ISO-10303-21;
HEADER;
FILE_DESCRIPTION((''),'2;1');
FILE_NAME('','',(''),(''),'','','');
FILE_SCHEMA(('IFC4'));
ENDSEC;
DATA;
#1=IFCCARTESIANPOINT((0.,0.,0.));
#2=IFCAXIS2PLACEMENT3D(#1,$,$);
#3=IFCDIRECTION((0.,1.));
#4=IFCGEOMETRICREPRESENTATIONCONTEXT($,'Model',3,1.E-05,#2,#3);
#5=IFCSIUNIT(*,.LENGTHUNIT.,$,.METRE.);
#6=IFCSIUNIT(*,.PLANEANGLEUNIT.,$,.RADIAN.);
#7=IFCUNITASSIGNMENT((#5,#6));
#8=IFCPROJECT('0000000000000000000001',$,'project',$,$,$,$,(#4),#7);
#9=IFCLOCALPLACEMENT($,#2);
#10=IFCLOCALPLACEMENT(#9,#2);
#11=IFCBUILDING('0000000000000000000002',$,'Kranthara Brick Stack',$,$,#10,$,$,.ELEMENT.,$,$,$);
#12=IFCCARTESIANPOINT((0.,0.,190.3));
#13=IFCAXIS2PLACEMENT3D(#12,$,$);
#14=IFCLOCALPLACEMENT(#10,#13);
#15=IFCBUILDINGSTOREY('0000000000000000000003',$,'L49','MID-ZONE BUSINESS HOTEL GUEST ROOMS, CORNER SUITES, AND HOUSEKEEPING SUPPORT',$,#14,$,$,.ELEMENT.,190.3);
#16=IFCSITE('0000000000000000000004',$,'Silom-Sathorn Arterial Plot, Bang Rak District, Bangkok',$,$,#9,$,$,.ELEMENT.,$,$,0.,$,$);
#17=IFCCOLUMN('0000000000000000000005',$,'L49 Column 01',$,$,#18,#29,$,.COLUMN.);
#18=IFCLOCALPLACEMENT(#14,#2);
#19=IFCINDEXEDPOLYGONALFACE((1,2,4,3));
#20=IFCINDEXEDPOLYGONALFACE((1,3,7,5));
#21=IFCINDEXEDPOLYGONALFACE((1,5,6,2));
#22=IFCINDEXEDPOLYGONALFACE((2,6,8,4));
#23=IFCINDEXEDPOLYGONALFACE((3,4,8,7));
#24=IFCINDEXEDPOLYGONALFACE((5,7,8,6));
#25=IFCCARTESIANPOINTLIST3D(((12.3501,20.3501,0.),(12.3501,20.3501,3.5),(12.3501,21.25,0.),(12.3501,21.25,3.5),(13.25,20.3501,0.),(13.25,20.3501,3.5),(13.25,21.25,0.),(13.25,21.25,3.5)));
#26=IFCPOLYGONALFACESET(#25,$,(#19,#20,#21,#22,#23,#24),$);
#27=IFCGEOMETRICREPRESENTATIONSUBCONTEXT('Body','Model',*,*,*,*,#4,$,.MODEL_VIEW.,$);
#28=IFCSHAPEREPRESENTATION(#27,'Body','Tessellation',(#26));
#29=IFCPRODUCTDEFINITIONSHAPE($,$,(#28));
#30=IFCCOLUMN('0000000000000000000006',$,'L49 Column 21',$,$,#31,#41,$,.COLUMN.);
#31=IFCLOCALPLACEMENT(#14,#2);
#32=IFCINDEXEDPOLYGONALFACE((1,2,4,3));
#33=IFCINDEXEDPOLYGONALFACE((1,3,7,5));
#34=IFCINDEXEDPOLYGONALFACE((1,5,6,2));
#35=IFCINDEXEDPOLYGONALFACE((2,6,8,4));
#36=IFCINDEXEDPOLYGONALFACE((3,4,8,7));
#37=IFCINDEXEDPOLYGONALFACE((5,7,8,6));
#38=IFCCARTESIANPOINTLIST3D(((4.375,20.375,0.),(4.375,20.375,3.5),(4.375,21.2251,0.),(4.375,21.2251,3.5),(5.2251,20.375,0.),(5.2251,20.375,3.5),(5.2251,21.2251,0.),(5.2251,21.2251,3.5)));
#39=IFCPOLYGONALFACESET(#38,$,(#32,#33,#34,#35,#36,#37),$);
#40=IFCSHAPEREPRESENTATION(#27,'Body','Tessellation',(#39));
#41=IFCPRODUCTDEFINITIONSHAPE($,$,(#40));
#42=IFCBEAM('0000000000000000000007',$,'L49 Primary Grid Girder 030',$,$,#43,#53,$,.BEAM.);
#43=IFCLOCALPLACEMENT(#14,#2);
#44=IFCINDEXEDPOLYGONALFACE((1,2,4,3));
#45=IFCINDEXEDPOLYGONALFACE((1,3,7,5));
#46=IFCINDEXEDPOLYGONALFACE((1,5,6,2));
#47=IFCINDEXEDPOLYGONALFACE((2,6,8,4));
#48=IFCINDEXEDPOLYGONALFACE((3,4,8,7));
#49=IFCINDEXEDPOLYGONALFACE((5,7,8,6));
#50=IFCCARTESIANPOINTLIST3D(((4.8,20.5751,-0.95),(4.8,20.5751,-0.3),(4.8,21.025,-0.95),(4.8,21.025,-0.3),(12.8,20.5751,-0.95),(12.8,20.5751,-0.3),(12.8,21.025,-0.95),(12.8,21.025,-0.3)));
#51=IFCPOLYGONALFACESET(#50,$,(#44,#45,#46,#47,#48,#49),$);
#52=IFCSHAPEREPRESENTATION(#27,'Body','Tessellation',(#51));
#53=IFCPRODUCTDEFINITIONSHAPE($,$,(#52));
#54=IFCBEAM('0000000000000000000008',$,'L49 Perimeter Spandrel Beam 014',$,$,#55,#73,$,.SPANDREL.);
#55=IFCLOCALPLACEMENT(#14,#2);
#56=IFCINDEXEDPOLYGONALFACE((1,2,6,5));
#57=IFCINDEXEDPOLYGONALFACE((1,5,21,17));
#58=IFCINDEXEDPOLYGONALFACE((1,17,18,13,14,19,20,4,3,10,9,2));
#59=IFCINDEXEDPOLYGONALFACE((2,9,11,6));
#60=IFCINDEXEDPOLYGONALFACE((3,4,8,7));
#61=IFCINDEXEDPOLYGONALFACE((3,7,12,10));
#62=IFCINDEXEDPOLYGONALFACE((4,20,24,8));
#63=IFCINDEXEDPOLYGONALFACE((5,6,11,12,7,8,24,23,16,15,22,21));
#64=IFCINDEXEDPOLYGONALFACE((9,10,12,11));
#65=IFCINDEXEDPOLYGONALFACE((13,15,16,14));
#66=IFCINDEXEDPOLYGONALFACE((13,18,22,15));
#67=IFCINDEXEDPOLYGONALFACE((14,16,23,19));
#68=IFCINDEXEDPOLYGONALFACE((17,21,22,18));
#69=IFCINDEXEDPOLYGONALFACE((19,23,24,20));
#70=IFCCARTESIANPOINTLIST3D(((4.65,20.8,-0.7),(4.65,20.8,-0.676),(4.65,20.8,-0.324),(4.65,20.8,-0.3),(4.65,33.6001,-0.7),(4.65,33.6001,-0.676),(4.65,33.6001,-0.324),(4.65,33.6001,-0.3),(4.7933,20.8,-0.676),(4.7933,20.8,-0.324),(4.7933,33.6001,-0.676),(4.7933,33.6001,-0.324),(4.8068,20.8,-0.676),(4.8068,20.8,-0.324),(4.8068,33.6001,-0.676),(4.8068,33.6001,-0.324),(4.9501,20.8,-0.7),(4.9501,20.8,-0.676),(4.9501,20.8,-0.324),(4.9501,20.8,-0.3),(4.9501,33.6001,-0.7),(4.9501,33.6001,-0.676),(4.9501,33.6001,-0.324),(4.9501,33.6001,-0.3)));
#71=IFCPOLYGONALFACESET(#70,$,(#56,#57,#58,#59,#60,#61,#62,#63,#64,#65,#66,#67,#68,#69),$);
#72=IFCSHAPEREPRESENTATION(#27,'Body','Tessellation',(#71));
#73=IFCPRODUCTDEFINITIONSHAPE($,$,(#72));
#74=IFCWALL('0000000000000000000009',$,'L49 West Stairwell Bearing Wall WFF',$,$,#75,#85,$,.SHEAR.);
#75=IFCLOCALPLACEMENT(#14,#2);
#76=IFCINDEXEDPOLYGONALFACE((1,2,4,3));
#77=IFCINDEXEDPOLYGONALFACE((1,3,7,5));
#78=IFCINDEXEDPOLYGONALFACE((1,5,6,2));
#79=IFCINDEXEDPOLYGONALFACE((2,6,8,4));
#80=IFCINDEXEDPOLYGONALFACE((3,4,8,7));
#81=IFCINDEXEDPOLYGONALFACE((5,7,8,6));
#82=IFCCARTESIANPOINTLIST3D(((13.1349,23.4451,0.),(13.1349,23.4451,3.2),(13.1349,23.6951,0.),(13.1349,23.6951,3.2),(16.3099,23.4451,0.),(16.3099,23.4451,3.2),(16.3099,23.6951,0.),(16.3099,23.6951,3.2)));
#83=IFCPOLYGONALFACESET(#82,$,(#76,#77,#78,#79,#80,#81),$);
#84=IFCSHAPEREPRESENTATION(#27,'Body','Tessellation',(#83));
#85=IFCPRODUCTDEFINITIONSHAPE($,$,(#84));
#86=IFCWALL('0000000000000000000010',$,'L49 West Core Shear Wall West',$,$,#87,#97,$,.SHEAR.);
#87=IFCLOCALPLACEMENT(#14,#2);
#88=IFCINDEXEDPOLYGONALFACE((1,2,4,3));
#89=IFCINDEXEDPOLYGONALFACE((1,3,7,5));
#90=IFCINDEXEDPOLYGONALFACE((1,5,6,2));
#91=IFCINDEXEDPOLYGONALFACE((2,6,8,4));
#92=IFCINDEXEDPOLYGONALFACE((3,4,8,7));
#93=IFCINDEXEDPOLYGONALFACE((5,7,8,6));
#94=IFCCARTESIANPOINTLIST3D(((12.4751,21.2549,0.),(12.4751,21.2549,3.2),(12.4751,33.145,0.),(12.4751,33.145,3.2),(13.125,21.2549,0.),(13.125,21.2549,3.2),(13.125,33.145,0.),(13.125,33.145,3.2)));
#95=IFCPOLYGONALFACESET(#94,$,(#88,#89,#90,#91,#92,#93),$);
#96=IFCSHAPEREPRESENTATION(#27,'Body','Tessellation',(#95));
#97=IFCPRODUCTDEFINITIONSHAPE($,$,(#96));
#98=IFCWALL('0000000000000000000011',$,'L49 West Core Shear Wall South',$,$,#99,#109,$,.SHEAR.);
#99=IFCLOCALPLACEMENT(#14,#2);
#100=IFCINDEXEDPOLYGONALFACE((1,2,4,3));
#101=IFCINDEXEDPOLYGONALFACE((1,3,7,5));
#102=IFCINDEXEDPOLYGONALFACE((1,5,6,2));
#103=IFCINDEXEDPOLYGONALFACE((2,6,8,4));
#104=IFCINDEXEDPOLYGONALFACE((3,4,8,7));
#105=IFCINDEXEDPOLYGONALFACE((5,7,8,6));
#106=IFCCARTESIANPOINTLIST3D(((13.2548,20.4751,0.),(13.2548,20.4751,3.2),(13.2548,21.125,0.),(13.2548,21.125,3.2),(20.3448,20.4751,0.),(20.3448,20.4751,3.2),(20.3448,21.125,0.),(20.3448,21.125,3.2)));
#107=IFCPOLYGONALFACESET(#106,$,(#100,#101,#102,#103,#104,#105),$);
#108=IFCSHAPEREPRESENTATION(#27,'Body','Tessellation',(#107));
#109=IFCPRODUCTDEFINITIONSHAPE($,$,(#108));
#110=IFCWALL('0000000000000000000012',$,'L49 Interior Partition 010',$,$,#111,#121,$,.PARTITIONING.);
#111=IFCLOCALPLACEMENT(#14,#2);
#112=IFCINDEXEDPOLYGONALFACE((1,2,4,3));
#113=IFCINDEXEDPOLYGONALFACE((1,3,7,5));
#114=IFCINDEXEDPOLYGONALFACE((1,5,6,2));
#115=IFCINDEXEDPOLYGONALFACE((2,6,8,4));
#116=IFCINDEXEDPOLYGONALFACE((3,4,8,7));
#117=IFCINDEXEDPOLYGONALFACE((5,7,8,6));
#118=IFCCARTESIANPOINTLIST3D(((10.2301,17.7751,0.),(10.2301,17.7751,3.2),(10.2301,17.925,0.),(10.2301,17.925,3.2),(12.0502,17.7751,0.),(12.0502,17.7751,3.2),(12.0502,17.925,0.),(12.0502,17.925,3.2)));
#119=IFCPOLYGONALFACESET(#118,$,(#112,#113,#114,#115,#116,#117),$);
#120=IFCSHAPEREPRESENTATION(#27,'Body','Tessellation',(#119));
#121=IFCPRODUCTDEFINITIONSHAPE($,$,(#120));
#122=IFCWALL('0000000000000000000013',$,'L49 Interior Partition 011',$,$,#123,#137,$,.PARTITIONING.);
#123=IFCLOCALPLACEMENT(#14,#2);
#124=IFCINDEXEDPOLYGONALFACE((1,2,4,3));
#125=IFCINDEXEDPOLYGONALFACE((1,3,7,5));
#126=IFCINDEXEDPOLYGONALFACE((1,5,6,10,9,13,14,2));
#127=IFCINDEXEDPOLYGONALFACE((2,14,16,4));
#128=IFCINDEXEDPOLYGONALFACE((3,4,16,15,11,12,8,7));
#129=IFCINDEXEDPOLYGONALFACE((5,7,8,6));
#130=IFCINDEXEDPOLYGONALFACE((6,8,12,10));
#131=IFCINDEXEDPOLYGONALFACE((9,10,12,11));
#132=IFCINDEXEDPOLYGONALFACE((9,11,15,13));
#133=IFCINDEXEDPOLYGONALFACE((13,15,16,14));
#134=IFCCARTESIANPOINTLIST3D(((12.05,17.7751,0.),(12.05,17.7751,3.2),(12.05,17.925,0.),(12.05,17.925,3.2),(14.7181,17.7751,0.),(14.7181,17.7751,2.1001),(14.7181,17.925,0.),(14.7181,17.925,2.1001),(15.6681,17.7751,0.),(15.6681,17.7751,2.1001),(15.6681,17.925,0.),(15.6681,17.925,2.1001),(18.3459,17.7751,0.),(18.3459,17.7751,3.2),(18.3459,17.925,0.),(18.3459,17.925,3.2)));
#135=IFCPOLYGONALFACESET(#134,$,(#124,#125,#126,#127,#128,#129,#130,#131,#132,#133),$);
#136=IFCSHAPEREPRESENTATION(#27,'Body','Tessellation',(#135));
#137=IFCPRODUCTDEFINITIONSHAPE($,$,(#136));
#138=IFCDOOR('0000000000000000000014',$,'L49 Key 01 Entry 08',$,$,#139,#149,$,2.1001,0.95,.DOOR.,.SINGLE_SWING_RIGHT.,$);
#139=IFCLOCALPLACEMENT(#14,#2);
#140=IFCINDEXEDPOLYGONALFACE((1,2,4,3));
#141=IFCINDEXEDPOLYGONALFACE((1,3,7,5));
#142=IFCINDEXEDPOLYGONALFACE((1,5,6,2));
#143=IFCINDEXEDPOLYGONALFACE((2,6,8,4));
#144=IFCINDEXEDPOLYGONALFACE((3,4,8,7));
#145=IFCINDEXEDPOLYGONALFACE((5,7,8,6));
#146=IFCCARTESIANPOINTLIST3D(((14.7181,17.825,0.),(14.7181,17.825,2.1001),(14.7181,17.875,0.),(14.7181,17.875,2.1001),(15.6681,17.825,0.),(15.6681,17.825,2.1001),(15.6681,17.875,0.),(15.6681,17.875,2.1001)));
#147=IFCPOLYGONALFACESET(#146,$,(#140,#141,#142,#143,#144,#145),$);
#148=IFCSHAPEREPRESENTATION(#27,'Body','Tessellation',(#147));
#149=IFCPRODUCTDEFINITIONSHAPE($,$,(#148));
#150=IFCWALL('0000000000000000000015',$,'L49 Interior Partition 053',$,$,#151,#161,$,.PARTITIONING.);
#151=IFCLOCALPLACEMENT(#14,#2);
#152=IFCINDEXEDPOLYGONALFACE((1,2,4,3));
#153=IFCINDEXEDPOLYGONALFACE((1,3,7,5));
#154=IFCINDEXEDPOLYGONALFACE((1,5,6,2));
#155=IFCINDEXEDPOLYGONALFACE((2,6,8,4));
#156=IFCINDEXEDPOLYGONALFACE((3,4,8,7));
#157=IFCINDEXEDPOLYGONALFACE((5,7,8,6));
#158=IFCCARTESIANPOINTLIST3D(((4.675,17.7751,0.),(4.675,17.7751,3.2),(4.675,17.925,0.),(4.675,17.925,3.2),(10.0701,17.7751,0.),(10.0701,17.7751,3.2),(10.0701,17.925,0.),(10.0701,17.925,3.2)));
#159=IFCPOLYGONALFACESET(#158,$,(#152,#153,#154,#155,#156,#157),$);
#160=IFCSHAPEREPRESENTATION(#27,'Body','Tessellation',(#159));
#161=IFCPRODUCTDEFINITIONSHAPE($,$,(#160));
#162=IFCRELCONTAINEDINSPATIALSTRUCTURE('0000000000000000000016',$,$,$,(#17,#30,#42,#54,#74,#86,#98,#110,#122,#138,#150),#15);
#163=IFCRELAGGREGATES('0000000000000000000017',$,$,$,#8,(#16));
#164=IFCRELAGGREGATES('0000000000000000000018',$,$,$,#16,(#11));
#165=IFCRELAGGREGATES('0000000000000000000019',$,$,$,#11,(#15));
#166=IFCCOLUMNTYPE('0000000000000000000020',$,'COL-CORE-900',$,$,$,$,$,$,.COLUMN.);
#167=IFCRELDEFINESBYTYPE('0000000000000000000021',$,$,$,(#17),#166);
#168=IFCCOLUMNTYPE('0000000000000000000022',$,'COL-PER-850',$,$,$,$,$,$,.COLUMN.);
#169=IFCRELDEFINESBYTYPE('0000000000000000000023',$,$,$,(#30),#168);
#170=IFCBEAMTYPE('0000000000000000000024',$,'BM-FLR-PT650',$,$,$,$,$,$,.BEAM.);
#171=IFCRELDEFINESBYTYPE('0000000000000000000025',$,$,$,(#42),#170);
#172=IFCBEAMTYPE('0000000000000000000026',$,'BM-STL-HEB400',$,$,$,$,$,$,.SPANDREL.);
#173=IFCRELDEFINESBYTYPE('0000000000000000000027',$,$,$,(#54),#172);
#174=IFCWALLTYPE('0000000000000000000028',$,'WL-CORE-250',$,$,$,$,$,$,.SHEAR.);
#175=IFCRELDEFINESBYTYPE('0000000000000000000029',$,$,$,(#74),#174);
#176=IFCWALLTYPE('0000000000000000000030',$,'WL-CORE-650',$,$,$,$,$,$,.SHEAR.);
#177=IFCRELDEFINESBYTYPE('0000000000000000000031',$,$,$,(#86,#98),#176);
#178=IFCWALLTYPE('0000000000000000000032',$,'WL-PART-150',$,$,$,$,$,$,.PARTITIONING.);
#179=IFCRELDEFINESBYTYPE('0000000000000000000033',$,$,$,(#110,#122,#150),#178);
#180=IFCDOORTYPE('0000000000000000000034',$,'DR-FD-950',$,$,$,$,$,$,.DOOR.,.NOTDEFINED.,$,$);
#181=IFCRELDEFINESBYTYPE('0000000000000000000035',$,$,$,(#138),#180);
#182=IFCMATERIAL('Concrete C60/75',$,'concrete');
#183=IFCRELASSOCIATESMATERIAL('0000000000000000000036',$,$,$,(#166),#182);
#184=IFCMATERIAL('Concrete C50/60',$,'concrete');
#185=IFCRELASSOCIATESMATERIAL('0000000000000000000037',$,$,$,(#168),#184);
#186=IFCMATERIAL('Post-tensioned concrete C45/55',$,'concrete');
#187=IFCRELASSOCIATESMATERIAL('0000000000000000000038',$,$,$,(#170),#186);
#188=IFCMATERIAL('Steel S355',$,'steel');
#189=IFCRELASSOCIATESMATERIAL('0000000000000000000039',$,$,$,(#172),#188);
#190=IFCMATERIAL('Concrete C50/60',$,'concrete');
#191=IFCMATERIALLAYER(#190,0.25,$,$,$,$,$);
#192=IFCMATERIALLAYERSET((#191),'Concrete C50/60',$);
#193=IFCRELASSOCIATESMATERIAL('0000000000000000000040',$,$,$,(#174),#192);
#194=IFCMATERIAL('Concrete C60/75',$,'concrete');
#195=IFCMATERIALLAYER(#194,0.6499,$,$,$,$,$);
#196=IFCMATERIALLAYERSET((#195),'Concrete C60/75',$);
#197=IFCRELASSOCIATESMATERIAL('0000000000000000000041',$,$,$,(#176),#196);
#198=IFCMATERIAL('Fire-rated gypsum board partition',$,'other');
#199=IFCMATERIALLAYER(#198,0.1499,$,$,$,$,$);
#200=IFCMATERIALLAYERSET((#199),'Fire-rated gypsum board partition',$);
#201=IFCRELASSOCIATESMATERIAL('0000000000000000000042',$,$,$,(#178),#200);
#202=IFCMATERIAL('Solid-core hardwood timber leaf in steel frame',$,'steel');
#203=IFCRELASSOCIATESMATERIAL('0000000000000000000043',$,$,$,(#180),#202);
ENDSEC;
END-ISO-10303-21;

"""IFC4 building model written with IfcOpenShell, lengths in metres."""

from ifc_helpers import new_model, si_unit, direction, frame, frame_2d, origin, origin_2d, place, context, subcontext, project, spatial, rectangle, i_section, extrude, material, layer, layer_set, material_profile, profile_set, type_object, element, fill, save


model = new_model("IFC4")

# Units and contexts
model_context = context("Model", 3, precision=1e-05, world=origin(), true_north=direction((0.0, 1.0)))
body_context = subcontext(model_context, "Body", "Model", "MODEL_VIEW")
ifc_project = project(units=[si_unit("LENGTHUNIT", "METRE"), si_unit("PLANEANGLEUNIT", "RADIAN")], contexts=[model_context])

# Site, building, storey
site_placement = place(None, origin())
site = spatial("IfcSite", under=ifc_project, at=site_placement, Name="Silom-Sathorn Arterial Plot, Bang Rak District, Bangkok", CompositionType="ELEMENT", RefElevation=0.0)
building_placement = place(site_placement, origin())
building = spatial("IfcBuilding", under=site, at=building_placement, Name="Kranthara Brick Stack", CompositionType="ELEMENT")
storey_placement = place(building_placement, frame((0.0, 0.0, 190.3)))
storey = spatial("IfcBuildingStorey", under=building, at=storey_placement, Name="L49", Description="MID-ZONE BUSINESS HOTEL GUEST ROOMS, CORNER SUITES, AND HOUSEKEEPING SUPPORT", CompositionType="ELEMENT", Elevation=190.3)

# Columns
ifc_material_1 = material(Name="Concrete C60/75", Category="concrete")
ifc_material_profile_1 = material_profile(ifc_material_1, rectangle(XDim=0.8999, YDim=0.8999, at=origin_2d()), Name="RC 900x900")
ifc_profile_set_1 = profile_set([ifc_material_profile_1], Name="Concrete C60/75")
column_type_1 = type_object("IfcColumnType", Name="COL-CORE-900", PredefinedType="COLUMN", material=ifc_profile_set_1)
column_1_placement = place(storey_placement, frame((12.8, 20.8, 0.0), z_axis=(0.0, 0.0, 1.0), x_axis=(1.0, 0.0, 0.0)))
element("IfcColumn", 1, at=column_1_placement, inside=storey, type_object=column_type_1, Name="L49 Column 01", PredefinedType="COLUMN", context=body_context, shape_type="SweptSolid", body=[
    extrude(rectangle(XDim=0.8999, YDim=0.8999, at=origin_2d()), origin(), (0.0, 0.0, 1.0), 3.5),
])
ifc_material_2 = material(Name="Concrete C50/60", Category="concrete")
ifc_material_profile_2 = material_profile(ifc_material_2, rectangle(XDim=0.8501, YDim=0.8501, at=origin_2d()), Name="RC 850x850")
ifc_profile_set_2 = profile_set([ifc_material_profile_2], Name="Concrete C50/60")
column_type_2 = type_object("IfcColumnType", Name="COL-PER-850", PredefinedType="COLUMN", material=ifc_profile_set_2)
column_2_placement = place(storey_placement, frame((4.8, 20.8, 0.0), z_axis=(0.0, 0.0, 1.0), x_axis=(1.0, 0.0, 0.0)))
element("IfcColumn", 2, at=column_2_placement, inside=storey, type_object=column_type_2, Name="L49 Column 21", PredefinedType="COLUMN", context=body_context, shape_type="SweptSolid", body=[
    extrude(rectangle(XDim=0.8501, YDim=0.8501, at=origin_2d()), origin(), (0.0, 0.0, 1.0), 3.5),
])

# Beams
ifc_material_3 = material(Name="Post-tensioned concrete C45/55", Category="concrete")
ifc_material_profile_3 = material_profile(ifc_material_3, rectangle(XDim=0.45, YDim=0.6499, at=origin_2d()), Name="PT 450x650")
ifc_profile_set_3 = profile_set([ifc_material_profile_3], Name="Post-tensioned concrete C45/55")
beam_type_1 = type_object("IfcBeamType", Name="BM-FLR-PT650", PredefinedType="BEAM", material=ifc_profile_set_3)
beam_1_placement = place(storey_placement, frame((4.8, 20.8, -0.625), z_axis=(1.0, 0.0, 0.0), x_axis=(0.0, 1.0, 0.0)))
element("IfcBeam", 3, at=beam_1_placement, inside=storey, type_object=beam_type_1, Name="L49 Primary Grid Girder 030", PredefinedType="BEAM", context=body_context, shape_type="SweptSolid", body=[
    extrude(rectangle(XDim=0.45, YDim=0.6499, at=origin_2d()), origin(), (0.0, 0.0, 1.0), 8.0),
])
ifc_material_4 = material(Name="Steel S355", Category="steel")
ifc_material_profile_4 = material_profile(ifc_material_4, i_section(OverallWidth=0.3, OverallDepth=0.3999, WebThickness=0.0134, FlangeThickness=0.0239, at=origin_2d()), Name="HEB 400")
ifc_profile_set_4 = profile_set([ifc_material_profile_4], Name="Steel S355")
beam_type_2 = type_object("IfcBeamType", Name="BM-STL-HEB400", PredefinedType="SPANDREL", material=ifc_profile_set_4)
beam_2_placement = place(storey_placement, frame((4.8, 20.8, -0.5), z_axis=(0.0, 1.0, 0.0), x_axis=(-1.0, 0.0, 0.0)))
element("IfcBeam", 4, at=beam_2_placement, inside=storey, type_object=beam_type_2, Name="L49 Perimeter Spandrel Beam 014", PredefinedType="SPANDREL", context=body_context, shape_type="SweptSolid", body=[
    extrude(i_section(OverallWidth=0.3, OverallDepth=0.3999, WebThickness=0.0134, FlangeThickness=0.0239, at=origin_2d()), origin(), (0.0, 0.0, 1.0), 12.8),
])

# Shared definitions
ifc_material_5 = material(Name="Concrete C50/60", Category="concrete")
ifc_layer_1 = layer(ifc_material_5, 0.25)
ifc_layer_set_1 = layer_set([ifc_layer_1], Name="Concrete C50/60")
wall_type_1 = type_object("IfcWallType", Name="WL-CORE-250", PredefinedType="SHEAR", material=ifc_layer_set_1)

# Walls
wall_1_placement = place(storey_placement, frame((13.135, 23.5701, 0.0), z_axis=(0.0, 0.0, 1.0), x_axis=(1.0, 0.0, 0.0)))
element("IfcWall", 5, at=wall_1_placement, inside=storey, type_object=wall_type_1, Name="L49 West Stairwell Bearing Wall WFF", PredefinedType="SHEAR", context=body_context, shape_type="SweptSolid", body=[
    extrude(rectangle(XDim=3.175, YDim=0.25, at=frame_2d((1.5874, 0.0))), origin(), (0.0, 0.0, 1.0), 3.2),
])
ifc_material_6 = material(Name="Concrete C60/75", Category="concrete")
ifc_layer_2 = layer(ifc_material_6, 0.6499)
ifc_layer_set_2 = layer_set([ifc_layer_2], Name="Concrete C60/75")
wall_type_2 = type_object("IfcWallType", Name="WL-CORE-650", PredefinedType="SHEAR", material=ifc_layer_set_2)
wall_2_placement = place(storey_placement, frame((12.8, 21.2549, 0.0), z_axis=(0.0, 0.0, 1.0), x_axis=(0.0, 1.0, 0.0)))
element("IfcWall", 6, at=wall_2_placement, inside=storey, type_object=wall_type_2, Name="L49 West Core Shear Wall West", PredefinedType="SHEAR", context=body_context, shape_type="SweptSolid", body=[
    extrude(rectangle(XDim=11.8901, YDim=0.6499, at=frame_2d((5.9451, 0.0))), origin(), (0.0, 0.0, 1.0), 3.2),
])
wall_3_placement = place(storey_placement, frame((13.2549, 20.8, 0.0), z_axis=(0.0, 0.0, 1.0), x_axis=(1.0, 0.0, 0.0)))
element("IfcWall", 7, at=wall_3_placement, inside=storey, type_object=wall_type_2, Name="L49 West Core Shear Wall South", PredefinedType="SHEAR", context=body_context, shape_type="SweptSolid", body=[
    extrude(rectangle(XDim=7.0901, YDim=0.6499, at=frame_2d((3.5449, 0.0))), origin(), (0.0, 0.0, 1.0), 3.2),
])
ifc_material_7 = material(Name="Fire-rated gypsum board partition", Category="other")
ifc_layer_3 = layer(ifc_material_7, 0.1499)
ifc_layer_set_3 = layer_set([ifc_layer_3], Name="Fire-rated gypsum board partition")
wall_type_3 = type_object("IfcWallType", Name="WL-PART-150", PredefinedType="PARTITIONING", material=ifc_layer_set_3)
wall_4_placement = place(storey_placement, frame((10.23, 17.8501, 0.0), z_axis=(0.0, 0.0, 1.0), x_axis=(1.0, 0.0, 0.0)))
element("IfcWall", 8, at=wall_4_placement, inside=storey, type_object=wall_type_3, Name="L49 Interior Partition 010", PredefinedType="PARTITIONING", context=body_context, shape_type="SweptSolid", body=[
    extrude(rectangle(XDim=1.8201, YDim=0.1499, at=frame_2d((0.9102, 0.0))), origin(), (0.0, 0.0, 1.0), 3.2),
])

# Wall, opening, door
wall_5_placement = place(storey_placement, frame((12.05, 17.8501, 0.0), z_axis=(0.0, 0.0, 1.0), x_axis=(1.0, 0.0, 0.0)))
wall_5 = element("IfcWall", 9, at=wall_5_placement, inside=storey, type_object=wall_type_3, Name="L49 Interior Partition 011", PredefinedType="PARTITIONING", context=body_context, shape_type="SweptSolid", body=[
    extrude(rectangle(XDim=6.2959, YDim=0.1499, at=frame_2d((3.1479, 0.0))), origin(), (0.0, 0.0, 1.0), 3.2),
])
opening_1_placement = place(wall_5_placement, frame((2.668, 0.0, 0.0)))
opening_1 = element("IfcOpeningElement", 10, at=opening_1_placement, cuts=wall_5, PredefinedType="OPENING", context=body_context, shape_type="SweptSolid", body=[
    extrude(rectangle(XDim=0.95, YDim=2.1001, at=frame_2d((0.4751, 1.05))), frame((0.0, 0.085, 0.0), z_axis=(0.0, -1.0, 0.0), x_axis=(1.0, 0.0, 0.0)), (0.0, 0.0, 1.0), 0.1699),
])
ifc_material_8 = material(Name="Solid-core hardwood timber leaf in steel frame", Category="steel")
door_type_1 = type_object("IfcDoorType", Name="DR-FD-950", OperationType="NOTDEFINED", PredefinedType="DOOR", material=ifc_material_8)
door_1_placement = place(opening_1_placement, origin())
door_1 = element("IfcDoor", 11, at=door_1_placement, inside=storey, type_object=door_type_1, Name="L49 Key 01 Entry 08", OperationType="SINGLE_SWING_RIGHT", OverallHeight=2.1001, OverallWidth=0.95, PredefinedType="DOOR", context=body_context, shape_type="SweptSolid", body=[
    extrude(rectangle(XDim=0.95, YDim=2.1001, at=frame_2d((0.4751, 1.05))), frame((0.0, 0.0249, 0.0), z_axis=(0.0, -1.0, 0.0), x_axis=(1.0, 0.0, 0.0)), (0.0, 0.0, 1.0), 0.05),
])
fill(opening_1, door_1)

# Wall
wall_6_placement = place(storey_placement, frame((4.675, 17.8501, 0.0), z_axis=(0.0, 0.0, 1.0), x_axis=(1.0, 0.0, 0.0)))
element("IfcWall", 12, at=wall_6_placement, inside=storey, type_object=wall_type_3, Name="L49 Interior Partition 053", PredefinedType="PARTITIONING", context=body_context, shape_type="SweptSolid", body=[
    extrude(rectangle(XDim=5.395, YDim=0.1499, at=frame_2d((2.6975, 0.0))), origin(), (0.0, 0.0, 1.0), 3.2),
])

save(model, "model.ifc")
